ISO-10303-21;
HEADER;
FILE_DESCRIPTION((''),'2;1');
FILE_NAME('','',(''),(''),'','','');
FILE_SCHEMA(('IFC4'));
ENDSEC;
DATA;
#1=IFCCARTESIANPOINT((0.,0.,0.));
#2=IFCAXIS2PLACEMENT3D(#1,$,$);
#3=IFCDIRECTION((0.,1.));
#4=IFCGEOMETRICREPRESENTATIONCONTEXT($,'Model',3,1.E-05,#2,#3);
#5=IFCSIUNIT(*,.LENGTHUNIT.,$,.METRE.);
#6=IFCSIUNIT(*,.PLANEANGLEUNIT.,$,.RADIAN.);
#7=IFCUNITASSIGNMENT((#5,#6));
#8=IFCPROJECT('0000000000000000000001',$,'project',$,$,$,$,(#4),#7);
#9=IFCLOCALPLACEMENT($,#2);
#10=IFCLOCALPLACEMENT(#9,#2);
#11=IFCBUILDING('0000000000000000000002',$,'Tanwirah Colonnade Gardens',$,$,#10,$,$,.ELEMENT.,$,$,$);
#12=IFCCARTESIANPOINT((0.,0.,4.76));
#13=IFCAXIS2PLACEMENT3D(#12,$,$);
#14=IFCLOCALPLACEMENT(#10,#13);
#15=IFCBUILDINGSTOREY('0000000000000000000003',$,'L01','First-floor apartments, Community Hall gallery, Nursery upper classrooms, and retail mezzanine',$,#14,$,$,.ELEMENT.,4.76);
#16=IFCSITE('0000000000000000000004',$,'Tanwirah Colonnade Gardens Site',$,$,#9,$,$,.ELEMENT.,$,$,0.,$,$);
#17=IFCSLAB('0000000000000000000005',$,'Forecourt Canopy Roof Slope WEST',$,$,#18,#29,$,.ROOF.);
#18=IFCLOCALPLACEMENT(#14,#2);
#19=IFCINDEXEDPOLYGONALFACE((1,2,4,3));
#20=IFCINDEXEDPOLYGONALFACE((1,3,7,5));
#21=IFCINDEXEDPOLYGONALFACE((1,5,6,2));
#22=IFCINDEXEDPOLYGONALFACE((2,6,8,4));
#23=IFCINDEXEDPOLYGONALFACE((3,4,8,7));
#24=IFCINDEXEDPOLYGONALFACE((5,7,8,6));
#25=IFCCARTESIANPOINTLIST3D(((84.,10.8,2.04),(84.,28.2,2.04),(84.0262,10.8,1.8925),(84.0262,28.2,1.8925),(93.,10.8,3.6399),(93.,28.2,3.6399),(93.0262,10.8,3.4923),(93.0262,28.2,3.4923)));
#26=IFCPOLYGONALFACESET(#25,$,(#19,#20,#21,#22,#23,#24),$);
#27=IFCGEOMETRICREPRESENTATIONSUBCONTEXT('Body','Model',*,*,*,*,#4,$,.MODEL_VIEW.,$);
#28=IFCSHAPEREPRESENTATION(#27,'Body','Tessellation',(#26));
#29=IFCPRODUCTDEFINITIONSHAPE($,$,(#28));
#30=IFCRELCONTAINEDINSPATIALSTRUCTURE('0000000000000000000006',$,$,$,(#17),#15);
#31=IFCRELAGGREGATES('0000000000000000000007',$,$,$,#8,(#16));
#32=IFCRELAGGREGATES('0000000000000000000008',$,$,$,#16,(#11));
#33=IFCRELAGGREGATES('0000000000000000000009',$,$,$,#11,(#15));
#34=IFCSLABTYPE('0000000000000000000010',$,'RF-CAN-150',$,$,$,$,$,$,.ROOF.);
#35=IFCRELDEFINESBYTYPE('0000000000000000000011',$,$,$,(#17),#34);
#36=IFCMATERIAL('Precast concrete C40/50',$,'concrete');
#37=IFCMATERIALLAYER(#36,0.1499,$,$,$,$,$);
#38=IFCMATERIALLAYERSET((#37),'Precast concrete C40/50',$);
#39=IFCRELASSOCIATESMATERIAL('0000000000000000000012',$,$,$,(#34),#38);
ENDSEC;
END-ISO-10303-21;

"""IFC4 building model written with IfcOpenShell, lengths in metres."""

from ifc_helpers import new_model, si_unit, direction, frame, origin, place, context, subcontext, project, spatial, polyline, outline, extrude, material, layer, layer_set, type_object, element, save


model = new_model("IFC4")

# Units and contexts
model_context = context("Model", 3, precision=1e-05, world=origin(), true_north=direction((0.0, 1.0)))
body_context = subcontext(model_context, "Body", "Model", "MODEL_VIEW")
ifc_project = project(units=[si_unit("LENGTHUNIT", "METRE"), si_unit("PLANEANGLEUNIT", "RADIAN")], contexts=[model_context])

# Site, building, storey
site_placement = place(None, origin())
site = spatial("IfcSite", under=ifc_project, at=site_placement, Name="Tanwirah Colonnade Gardens Site", CompositionType="ELEMENT", RefElevation=0.0)
building_placement = place(site_placement, origin())
building = spatial("IfcBuilding", under=site, at=building_placement, Name="Tanwirah Colonnade Gardens", CompositionType="ELEMENT")
storey_placement = place(building_placement, frame((0.0, 0.0, 4.76)))
storey = spatial("IfcBuildingStorey", under=building, at=storey_placement, Name="L01", Description="First-floor apartments, Community Hall gallery, Nursery upper classrooms, and retail mezzanine", CompositionType="ELEMENT", Elevation=4.76)

# Shared definitions
ifc_material_1 = material(Name="Precast concrete C40/50", Category="concrete")

# Slab
ifc_layer_1 = layer(ifc_material_1, 0.1499)
ifc_layer_set_1 = layer_set([ifc_layer_1], Name="Precast concrete C40/50")
slab_type = type_object("IfcSlabType", Name="RF-CAN-150", PredefinedType="ROOF", material=ifc_layer_set_1)
slab_placement = place(storey_placement, frame((84.0, 10.8, 2.04), z_axis=(-0.175018, 0.0, 0.984565), x_axis=(0.984565, 0.0, 0.175018)))
element("IfcSlab", 1, at=slab_placement, inside=storey, type_object=slab_type, Name="Forecourt Canopy Roof Slope WEST", PredefinedType="ROOF", context=body_context, shape_type="SweptSolid", body=[
    extrude(outline(polyline([(0.0, 0.0), (9.1411, 0.0), (9.1411, 17.3999), (0.0, 17.3999), (0.0, 0.0)])), origin(), (0.0, 0.0, -1.0), 0.1499),
])

save(model, "model.ifc")
